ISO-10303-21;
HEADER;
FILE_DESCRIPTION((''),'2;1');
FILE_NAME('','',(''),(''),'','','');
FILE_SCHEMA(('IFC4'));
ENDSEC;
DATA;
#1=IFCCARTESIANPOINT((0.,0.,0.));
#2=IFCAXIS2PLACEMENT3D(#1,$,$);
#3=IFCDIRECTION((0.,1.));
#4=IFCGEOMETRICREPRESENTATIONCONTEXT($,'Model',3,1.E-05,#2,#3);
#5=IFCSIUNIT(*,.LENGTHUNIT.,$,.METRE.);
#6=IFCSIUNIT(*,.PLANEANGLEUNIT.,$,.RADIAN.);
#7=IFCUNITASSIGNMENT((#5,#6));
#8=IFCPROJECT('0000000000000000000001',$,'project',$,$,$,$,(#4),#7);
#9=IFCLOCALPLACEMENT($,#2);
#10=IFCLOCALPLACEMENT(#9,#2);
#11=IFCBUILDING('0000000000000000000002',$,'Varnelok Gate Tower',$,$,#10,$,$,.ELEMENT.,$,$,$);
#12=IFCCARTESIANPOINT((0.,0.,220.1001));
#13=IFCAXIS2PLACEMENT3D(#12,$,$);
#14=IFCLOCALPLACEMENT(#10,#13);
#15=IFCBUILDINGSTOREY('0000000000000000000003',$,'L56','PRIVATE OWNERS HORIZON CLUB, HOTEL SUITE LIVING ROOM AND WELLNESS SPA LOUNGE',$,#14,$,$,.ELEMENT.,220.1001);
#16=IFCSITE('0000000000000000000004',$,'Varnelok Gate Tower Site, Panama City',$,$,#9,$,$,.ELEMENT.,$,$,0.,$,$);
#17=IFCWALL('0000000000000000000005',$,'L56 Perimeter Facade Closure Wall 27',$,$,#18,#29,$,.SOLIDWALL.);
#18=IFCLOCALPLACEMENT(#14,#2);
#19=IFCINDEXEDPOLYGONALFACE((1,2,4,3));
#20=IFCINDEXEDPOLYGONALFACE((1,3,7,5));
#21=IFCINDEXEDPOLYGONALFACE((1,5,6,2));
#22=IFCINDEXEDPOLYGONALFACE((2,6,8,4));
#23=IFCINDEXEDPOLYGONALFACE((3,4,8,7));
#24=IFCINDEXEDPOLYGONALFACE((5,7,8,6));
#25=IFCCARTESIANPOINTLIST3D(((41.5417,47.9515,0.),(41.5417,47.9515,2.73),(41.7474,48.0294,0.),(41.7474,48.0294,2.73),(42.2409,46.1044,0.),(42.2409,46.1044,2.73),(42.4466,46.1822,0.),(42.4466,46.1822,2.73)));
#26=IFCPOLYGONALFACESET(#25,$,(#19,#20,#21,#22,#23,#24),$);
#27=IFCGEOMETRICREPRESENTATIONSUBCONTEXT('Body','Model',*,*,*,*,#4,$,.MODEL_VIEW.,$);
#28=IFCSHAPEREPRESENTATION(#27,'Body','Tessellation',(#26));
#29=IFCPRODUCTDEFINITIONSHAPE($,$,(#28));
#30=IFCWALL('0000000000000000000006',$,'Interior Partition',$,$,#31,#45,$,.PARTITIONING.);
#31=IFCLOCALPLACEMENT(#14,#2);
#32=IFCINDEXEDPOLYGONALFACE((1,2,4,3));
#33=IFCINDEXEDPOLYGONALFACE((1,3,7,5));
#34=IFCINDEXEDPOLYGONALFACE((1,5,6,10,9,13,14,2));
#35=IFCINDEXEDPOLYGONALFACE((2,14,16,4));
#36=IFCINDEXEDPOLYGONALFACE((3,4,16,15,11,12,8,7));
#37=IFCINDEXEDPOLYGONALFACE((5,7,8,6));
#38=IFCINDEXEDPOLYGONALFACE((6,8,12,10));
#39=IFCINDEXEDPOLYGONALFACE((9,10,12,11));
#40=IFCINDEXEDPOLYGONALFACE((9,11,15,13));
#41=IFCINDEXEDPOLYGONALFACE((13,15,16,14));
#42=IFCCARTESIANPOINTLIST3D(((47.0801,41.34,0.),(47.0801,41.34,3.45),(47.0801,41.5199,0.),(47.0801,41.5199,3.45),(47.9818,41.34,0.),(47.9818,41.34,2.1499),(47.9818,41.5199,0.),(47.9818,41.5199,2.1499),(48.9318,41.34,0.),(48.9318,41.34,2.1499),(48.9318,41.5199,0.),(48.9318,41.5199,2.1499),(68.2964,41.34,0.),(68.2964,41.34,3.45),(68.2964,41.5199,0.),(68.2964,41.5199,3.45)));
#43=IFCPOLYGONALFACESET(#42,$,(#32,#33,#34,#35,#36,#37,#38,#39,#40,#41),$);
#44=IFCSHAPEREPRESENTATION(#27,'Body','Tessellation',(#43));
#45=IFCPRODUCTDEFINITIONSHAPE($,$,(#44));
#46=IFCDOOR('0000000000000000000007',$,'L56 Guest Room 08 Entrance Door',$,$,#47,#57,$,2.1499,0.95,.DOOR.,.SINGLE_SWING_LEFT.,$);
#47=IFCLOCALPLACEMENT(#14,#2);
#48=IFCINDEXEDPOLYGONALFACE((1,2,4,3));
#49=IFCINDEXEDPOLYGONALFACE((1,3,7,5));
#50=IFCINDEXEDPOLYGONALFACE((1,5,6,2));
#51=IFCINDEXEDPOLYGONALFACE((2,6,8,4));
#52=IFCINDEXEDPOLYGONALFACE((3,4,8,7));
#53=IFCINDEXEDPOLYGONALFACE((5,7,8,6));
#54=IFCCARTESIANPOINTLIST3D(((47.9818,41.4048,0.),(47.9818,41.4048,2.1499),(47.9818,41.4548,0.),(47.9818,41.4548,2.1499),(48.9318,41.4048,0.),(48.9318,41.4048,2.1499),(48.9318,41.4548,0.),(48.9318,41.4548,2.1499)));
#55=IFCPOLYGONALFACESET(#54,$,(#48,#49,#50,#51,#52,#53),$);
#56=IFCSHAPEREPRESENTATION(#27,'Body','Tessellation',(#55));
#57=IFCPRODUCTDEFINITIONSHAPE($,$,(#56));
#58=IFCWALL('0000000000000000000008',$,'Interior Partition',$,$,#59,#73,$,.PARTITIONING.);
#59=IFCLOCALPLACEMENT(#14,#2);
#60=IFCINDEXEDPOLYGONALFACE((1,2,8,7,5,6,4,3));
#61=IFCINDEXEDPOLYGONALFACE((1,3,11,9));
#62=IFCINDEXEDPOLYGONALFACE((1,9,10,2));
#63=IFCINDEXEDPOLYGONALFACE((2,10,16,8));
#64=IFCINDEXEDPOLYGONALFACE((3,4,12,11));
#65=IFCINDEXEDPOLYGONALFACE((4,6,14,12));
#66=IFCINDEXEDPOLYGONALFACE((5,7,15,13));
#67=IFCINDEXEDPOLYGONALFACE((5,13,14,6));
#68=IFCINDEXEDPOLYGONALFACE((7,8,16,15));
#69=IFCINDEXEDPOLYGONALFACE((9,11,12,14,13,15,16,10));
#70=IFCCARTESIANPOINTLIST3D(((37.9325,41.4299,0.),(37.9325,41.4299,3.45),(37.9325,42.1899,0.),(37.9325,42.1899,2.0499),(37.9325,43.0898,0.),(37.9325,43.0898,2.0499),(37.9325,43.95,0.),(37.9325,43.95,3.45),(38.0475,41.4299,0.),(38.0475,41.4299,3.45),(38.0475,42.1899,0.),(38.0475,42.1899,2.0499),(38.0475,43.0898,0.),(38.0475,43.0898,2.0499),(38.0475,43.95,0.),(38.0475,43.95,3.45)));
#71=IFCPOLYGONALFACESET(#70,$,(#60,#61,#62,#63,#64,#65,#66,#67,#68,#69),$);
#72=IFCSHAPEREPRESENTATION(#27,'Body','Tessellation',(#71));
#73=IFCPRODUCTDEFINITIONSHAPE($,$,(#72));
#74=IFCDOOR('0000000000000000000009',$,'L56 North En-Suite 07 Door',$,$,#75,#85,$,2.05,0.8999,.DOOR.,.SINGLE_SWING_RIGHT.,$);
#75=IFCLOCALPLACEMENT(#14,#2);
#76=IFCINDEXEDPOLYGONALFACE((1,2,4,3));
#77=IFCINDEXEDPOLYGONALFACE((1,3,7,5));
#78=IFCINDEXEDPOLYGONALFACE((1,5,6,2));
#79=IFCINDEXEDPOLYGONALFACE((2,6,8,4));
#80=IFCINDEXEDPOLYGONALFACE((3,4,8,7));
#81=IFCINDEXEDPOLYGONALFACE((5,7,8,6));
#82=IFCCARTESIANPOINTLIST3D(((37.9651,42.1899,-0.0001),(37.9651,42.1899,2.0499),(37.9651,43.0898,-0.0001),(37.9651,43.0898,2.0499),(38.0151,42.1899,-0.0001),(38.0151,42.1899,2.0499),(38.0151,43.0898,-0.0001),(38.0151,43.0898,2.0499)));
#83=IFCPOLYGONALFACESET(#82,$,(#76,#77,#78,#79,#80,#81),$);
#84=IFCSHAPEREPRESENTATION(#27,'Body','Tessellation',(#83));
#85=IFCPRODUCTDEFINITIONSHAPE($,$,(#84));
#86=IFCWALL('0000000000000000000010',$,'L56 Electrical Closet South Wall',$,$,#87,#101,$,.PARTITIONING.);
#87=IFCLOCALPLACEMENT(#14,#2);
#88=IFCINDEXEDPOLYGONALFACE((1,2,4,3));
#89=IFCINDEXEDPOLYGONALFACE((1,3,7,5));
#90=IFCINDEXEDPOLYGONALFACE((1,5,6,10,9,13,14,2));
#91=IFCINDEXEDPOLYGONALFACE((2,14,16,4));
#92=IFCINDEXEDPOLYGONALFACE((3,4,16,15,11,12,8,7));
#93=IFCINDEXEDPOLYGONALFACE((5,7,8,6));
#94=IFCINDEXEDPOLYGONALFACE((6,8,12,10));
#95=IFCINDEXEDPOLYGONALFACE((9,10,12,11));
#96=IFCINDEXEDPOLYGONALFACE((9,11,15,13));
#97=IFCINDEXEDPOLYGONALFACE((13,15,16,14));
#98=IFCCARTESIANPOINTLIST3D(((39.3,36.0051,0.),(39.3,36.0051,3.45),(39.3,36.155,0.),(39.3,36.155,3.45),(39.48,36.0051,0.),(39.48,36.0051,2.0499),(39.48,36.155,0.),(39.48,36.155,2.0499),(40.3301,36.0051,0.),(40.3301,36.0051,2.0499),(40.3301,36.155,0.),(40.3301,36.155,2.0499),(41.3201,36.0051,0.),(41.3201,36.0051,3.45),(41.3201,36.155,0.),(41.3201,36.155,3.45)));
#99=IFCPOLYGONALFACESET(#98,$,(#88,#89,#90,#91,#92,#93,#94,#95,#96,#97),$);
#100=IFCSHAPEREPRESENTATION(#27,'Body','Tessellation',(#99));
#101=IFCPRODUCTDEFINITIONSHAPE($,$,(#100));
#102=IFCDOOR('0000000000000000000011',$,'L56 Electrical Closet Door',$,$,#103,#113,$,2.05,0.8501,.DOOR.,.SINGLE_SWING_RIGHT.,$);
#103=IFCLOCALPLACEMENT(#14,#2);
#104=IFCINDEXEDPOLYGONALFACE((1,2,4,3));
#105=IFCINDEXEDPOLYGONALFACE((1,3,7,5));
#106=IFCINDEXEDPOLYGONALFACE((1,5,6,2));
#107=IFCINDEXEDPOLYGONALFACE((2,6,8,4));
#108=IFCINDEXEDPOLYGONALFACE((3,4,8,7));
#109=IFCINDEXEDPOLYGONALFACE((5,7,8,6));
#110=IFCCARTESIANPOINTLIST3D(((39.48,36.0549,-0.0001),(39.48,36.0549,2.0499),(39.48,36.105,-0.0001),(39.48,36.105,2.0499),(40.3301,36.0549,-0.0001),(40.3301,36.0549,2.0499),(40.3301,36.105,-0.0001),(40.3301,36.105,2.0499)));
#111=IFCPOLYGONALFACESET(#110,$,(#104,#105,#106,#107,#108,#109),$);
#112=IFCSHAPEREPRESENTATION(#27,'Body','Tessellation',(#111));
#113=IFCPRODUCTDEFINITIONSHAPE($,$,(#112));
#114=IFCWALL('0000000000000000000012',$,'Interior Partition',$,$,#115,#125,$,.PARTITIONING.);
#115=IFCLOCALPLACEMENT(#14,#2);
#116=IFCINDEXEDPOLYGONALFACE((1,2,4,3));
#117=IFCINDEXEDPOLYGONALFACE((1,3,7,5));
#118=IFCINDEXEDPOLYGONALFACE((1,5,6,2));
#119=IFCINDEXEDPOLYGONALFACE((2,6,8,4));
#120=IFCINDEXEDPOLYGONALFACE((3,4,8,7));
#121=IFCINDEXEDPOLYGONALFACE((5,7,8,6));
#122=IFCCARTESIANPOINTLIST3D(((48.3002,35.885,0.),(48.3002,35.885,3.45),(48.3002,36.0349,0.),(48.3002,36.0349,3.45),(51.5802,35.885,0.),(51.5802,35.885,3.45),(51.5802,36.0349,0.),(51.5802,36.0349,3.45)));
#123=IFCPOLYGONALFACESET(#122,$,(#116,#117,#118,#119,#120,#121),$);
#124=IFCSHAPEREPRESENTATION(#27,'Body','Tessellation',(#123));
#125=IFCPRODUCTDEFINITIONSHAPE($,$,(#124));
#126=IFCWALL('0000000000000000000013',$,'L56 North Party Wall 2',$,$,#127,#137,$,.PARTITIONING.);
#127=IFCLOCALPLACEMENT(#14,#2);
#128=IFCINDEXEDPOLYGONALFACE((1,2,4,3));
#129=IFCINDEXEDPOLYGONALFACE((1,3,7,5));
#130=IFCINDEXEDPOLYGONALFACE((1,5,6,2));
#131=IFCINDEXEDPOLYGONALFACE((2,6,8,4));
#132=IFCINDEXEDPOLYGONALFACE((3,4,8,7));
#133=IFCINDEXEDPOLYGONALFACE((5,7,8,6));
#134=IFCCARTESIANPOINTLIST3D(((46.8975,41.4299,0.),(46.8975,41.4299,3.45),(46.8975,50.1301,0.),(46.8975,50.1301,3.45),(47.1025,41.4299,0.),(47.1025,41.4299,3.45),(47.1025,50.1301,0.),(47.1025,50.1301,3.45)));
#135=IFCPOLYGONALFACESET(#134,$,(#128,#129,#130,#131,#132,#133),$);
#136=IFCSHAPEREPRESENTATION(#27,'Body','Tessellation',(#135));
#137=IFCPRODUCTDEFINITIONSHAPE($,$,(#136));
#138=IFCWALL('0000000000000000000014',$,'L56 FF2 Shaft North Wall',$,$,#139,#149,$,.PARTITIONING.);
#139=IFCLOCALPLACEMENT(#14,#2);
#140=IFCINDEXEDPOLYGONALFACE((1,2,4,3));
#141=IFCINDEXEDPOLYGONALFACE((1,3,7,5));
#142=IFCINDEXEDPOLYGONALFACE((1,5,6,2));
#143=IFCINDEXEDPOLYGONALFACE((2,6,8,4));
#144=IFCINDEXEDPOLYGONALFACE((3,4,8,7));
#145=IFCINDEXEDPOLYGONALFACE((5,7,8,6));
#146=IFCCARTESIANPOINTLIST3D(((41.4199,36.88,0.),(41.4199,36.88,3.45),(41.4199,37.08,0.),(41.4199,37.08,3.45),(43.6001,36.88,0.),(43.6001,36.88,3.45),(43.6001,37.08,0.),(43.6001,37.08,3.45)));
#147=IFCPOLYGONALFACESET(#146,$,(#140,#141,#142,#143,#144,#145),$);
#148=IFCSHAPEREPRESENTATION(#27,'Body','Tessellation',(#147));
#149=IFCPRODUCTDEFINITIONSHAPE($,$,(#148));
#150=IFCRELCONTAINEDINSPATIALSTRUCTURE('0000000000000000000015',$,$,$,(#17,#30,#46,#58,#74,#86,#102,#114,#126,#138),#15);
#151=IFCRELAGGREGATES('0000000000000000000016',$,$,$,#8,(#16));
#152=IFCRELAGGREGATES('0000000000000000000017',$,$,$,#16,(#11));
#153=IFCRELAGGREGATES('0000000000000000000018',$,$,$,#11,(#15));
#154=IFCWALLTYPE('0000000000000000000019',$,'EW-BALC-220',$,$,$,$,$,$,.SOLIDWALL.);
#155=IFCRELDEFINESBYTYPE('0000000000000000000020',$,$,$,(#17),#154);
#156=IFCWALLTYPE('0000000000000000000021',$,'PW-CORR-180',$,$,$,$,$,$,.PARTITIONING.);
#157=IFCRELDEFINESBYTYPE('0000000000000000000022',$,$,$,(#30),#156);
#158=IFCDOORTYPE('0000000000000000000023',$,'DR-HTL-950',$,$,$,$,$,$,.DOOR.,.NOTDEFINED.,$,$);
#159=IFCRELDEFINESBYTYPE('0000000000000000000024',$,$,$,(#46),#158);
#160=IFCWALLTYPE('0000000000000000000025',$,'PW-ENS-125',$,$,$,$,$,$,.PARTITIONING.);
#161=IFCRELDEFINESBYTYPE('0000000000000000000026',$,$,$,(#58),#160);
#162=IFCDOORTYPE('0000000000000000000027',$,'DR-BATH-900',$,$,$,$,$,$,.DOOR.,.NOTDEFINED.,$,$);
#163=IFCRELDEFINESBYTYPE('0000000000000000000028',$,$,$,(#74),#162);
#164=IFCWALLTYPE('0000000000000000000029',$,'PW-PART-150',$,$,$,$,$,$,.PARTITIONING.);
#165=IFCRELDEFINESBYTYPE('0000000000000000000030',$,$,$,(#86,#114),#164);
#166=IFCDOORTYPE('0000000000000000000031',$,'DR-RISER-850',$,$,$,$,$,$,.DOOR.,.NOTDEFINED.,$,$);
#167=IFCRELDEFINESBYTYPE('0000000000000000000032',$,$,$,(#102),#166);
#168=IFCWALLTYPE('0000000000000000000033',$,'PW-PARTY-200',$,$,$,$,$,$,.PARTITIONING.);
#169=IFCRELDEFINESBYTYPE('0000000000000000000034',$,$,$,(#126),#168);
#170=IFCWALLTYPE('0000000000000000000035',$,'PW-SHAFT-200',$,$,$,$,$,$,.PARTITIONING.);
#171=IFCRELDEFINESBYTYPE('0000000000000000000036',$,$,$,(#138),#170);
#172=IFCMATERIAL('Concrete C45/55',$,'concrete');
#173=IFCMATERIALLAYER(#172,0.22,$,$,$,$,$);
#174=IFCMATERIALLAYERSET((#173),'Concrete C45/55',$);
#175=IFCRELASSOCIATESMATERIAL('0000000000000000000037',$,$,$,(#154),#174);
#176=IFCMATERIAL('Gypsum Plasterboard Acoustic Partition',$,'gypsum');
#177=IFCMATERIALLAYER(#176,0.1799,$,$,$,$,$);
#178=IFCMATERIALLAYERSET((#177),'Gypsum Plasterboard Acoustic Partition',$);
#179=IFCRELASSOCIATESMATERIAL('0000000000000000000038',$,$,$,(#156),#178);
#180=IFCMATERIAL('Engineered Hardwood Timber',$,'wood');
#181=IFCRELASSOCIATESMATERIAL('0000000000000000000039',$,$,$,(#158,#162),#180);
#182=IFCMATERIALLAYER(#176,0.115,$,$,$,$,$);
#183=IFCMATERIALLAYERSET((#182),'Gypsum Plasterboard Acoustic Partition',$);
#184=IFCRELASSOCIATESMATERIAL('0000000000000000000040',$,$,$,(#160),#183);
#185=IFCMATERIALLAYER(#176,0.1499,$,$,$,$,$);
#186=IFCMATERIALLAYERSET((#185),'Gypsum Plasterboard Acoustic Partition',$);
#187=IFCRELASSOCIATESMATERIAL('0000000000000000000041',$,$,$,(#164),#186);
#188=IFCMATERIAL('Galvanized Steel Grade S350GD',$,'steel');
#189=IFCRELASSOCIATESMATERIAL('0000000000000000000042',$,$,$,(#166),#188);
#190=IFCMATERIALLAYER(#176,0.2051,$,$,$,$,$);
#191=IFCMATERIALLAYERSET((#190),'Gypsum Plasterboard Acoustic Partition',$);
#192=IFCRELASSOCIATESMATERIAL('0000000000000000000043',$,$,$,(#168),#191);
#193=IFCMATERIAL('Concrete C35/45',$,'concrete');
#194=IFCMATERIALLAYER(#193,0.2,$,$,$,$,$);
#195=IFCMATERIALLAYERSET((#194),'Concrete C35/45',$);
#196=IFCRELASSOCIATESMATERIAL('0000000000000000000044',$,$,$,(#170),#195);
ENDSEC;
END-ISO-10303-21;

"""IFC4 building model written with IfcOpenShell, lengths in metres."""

from ifc_helpers import new_model, si_unit, direction, frame, frame_2d, origin, place, context, subcontext, project, spatial, rectangle, extrude, material, layer, layer_set, type_object, element, fill, save


model = new_model("IFC4")

# Units and contexts
model_context = context("Model", 3, precision=1e-05, world=origin(), true_north=direction((0.0, 1.0)))
body_context = subcontext(model_context, "Body", "Model", "MODEL_VIEW")
ifc_project = project(units=[si_unit("LENGTHUNIT", "METRE"), si_unit("PLANEANGLEUNIT", "RADIAN")], contexts=[model_context])

# Site, building, storey
site_placement = place(None, origin())
site = spatial("IfcSite", under=ifc_project, at=site_placement, Name="Varnelok Gate Tower Site, Panama City", CompositionType="ELEMENT", RefElevation=0.0)
building_placement = place(site_placement, origin())
building = spatial("IfcBuilding", under=site, at=building_placement, Name="Varnelok Gate Tower", CompositionType="ELEMENT")
storey_placement = place(building_placement, frame((0.0, 0.0, 220.1001)))
storey = spatial("IfcBuildingStorey", under=building, at=storey_placement, Name="L56", Description="PRIVATE OWNERS HORIZON CLUB, HOTEL SUITE LIVING ROOM AND WELLNESS SPA LOUNGE", CompositionType="ELEMENT", Elevation=220.1001)

# Wall
ifc_material_1 = material(Name="Concrete C45/55", Category="concrete")
ifc_layer_1 = layer(ifc_material_1, 0.22)
ifc_layer_set_1 = layer_set([ifc_layer_1], Name="Concrete C45/55")
wall_type_1 = type_object("IfcWallType", Name="EW-BALC-220", PredefinedType="SOLIDWALL", material=ifc_layer_set_1)
wall_1_placement = place(storey_placement, frame((41.6445, 47.9905, 0.0), z_axis=(0.0, 0.0, 1.0), x_axis=(0.354021, -0.935238, 0.0)))
element("IfcWall", 1, at=wall_1_placement, inside=storey, type_object=wall_type_1, Name="L56 Perimeter Facade Closure Wall 27", PredefinedType="SOLIDWALL", context=body_context, shape_type="SweptSolid", body=[
    extrude(rectangle(XDim=1.9751, YDim=0.22, at=frame_2d((0.9875, 0.0))), origin(), (0.0, 0.0, 1.0), 2.73),
])

# Walls, openings, doors
ifc_material_2 = material(Name="Gypsum Plasterboard Acoustic Partition", Category="gypsum")
ifc_layer_2 = layer(ifc_material_2, 0.1799)
ifc_layer_set_2 = layer_set([ifc_layer_2], Name="Gypsum Plasterboard Acoustic Partition")
wall_type_2 = type_object("IfcWallType", Name="PW-CORR-180", PredefinedType="PARTITIONING", material=ifc_layer_set_2)
wall_2_placement = place(storey_placement, frame((47.0801, 41.4299, 0.0), z_axis=(0.0, 0.0, 1.0), x_axis=(1.0, 0.0, 0.0)))
wall_2 = element("IfcWall", 2, at=wall_2_placement, inside=storey, type_object=wall_type_2, Name="Interior Partition", PredefinedType="PARTITIONING", context=body_context, shape_type="SweptSolid", body=[
    extrude(rectangle(XDim=21.2163, YDim=0.1799, at=frame_2d((10.6082, 0.0))), origin(), (0.0, 0.0, 1.0), 3.45),
])
opening_1_placement = place(wall_2_placement, frame((0.9016, 0.0, 0.0)))
opening_1 = element("IfcOpeningElement", 3, at=opening_1_placement, cuts=wall_2, PredefinedType="OPENING", context=body_context, shape_type="SweptSolid", body=[
    extrude(rectangle(XDim=0.95, YDim=2.1499, at=frame_2d((0.4751, 1.075))), frame((0.0, 0.0999, 0.0), z_axis=(0.0, -1.0, 0.0), x_axis=(1.0, 0.0, 0.0)), (0.0, 0.0, 1.0), 0.2),
])
ifc_material_3 = material(Name="Engineered Hardwood Timber", Category="wood")
door_type_1 = type_object("IfcDoorType", Name="DR-HTL-950", OperationType="NOTDEFINED", PredefinedType="DOOR", material=ifc_material_3)
door_1_placement = place(opening_1_placement, origin())
door_1 = element("IfcDoor", 4, at=door_1_placement, inside=storey, type_object=door_type_1, Name="L56 Guest Room 08 Entrance Door", OperationType="SINGLE_SWING_LEFT", OverallHeight=2.1499, OverallWidth=0.95, PredefinedType="DOOR", context=body_context, shape_type="SweptSolid", body=[
    extrude(rectangle(XDim=0.95, YDim=2.1499, at=frame_2d((0.4751, 1.075))), frame((0.0, 0.0249, 0.0), z_axis=(0.0, -1.0, 0.0), x_axis=(1.0, 0.0, 0.0)), (0.0, 0.0, 1.0), 0.05),
])
fill(opening_1, door_1)
ifc_layer_3 = layer(ifc_material_2, 0.115)
ifc_layer_set_3 = layer_set([ifc_layer_3], Name="Gypsum Plasterboard Acoustic Partition")
wall_type_3 = type_object("IfcWallType", Name="PW-ENS-125", PredefinedType="PARTITIONING", material=ifc_layer_set_3)
wall_3_placement = place(storey_placement, frame((37.99, 41.4299, 0.0), z_axis=(0.0, 0.0, 1.0), x_axis=(0.0, 1.0, 0.0)))
wall_3 = element("IfcWall", 5, at=wall_3_placement, inside=storey, type_object=wall_type_3, Name="Interior Partition", PredefinedType="PARTITIONING", context=body_context, shape_type="SweptSolid", body=[
    extrude(rectangle(XDim=2.52, YDim=0.115, at=frame_2d((1.26, 0.0))), origin(), (0.0, 0.0, 1.0), 3.45),
])
opening_2_placement = place(wall_3_placement, frame((0.76, 0.0, 0.0)))
opening_2 = element("IfcOpeningElement", 6, at=opening_2_placement, cuts=wall_3, PredefinedType="OPENING", context=body_context, shape_type="SweptSolid", body=[
    extrude(rectangle(XDim=0.8999, YDim=2.05, at=frame_2d((0.45, 1.0249))), frame((0.0, 0.0674, 0.0), z_axis=(0.0, -1.0, 0.0), x_axis=(1.0, 0.0, 0.0)), (0.0, 0.0, 1.0), 0.135),
])
door_type_2 = type_object("IfcDoorType", Name="DR-BATH-900", OperationType="NOTDEFINED", PredefinedType="DOOR", material=ifc_material_3)
door_2_placement = place(opening_2_placement, origin())
door_2 = element("IfcDoor", 7, at=door_2_placement, inside=storey, type_object=door_type_2, Name="L56 North En-Suite 07 Door", OperationType="SINGLE_SWING_RIGHT", OverallHeight=2.05, OverallWidth=0.8999, PredefinedType="DOOR", context=body_context, shape_type="SweptSolid", body=[
    extrude(rectangle(XDim=0.8999, YDim=2.05, at=frame_2d((0.45, 1.0249))), frame((0.0, 0.0249, 0.0), z_axis=(0.0, -1.0, 0.0), x_axis=(1.0, 0.0, 0.0)), (0.0, 0.0, 1.0), 0.05),
])
fill(opening_2, door_2)
ifc_layer_4 = layer(ifc_material_2, 0.1499)
ifc_layer_set_4 = layer_set([ifc_layer_4], Name="Gypsum Plasterboard Acoustic Partition")
wall_type_4 = type_object("IfcWallType", Name="PW-PART-150", PredefinedType="PARTITIONING", material=ifc_layer_set_4)
wall_4_placement = place(storey_placement, frame((39.3, 36.0801, 0.0), z_axis=(0.0, 0.0, 1.0), x_axis=(1.0, 0.0, 0.0)))
wall_4 = element("IfcWall", 8, at=wall_4_placement, inside=storey, type_object=wall_type_4, Name="L56 Electrical Closet South Wall", PredefinedType="PARTITIONING", context=body_context, shape_type="SweptSolid", body=[
    extrude(rectangle(XDim=2.02, YDim=0.1499, at=frame_2d((1.01, 0.0))), origin(), (0.0, 0.0, 1.0), 3.45),
])
opening_3_placement = place(wall_4_placement, frame((0.1799, 0.0, 0.0)))
opening_3 = element("IfcOpeningElement", 9, at=opening_3_placement, cuts=wall_4, PredefinedType="OPENING", context=body_context, shape_type="SweptSolid", body=[
    extrude(rectangle(XDim=0.8501, YDim=2.05, at=frame_2d((0.425, 1.0249))), frame((0.0, 0.085, 0.0), z_axis=(0.0, -1.0, 0.0), x_axis=(1.0, 0.0, 0.0)), (0.0, 0.0, 1.0), 0.1699),
])
ifc_material_4 = material(Name="Galvanized Steel Grade S350GD", Category="steel")
door_type_3 = type_object("IfcDoorType", Name="DR-RISER-850", OperationType="NOTDEFINED", PredefinedType="DOOR", material=ifc_material_4)
door_3_placement = place(opening_3_placement, origin())
door_3 = element("IfcDoor", 10, at=door_3_placement, inside=storey, type_object=door_type_3, Name="L56 Electrical Closet Door", OperationType="SINGLE_SWING_RIGHT", OverallHeight=2.05, OverallWidth=0.8501, PredefinedType="DOOR", context=body_context, shape_type="SweptSolid", body=[
    extrude(rectangle(XDim=0.8501, YDim=2.05, at=frame_2d((0.425, 1.0249))), frame((0.0, 0.0249, 0.0), z_axis=(0.0, -1.0, 0.0), x_axis=(1.0, 0.0, 0.0)), (0.0, 0.0, 1.0), 0.05),
])
fill(opening_3, door_3)

# Walls
wall_5_placement = place(storey_placement, frame((48.3, 35.96, 0.0), z_axis=(0.0, 0.0, 1.0), x_axis=(1.0, 0.0, 0.0)))
element("IfcWall", 11, at=wall_5_placement, inside=storey, type_object=wall_type_4, Name="Interior Partition", PredefinedType="PARTITIONING", context=body_context, shape_type="SweptSolid", body=[
    extrude(rectangle(XDim=3.28, YDim=0.1499, at=frame_2d((1.6401, 0.0))), origin(), (0.0, 0.0, 1.0), 3.45),
])
ifc_layer_5 = layer(ifc_material_2, 0.2051)
ifc_layer_set_5 = layer_set([ifc_layer_5], Name="Gypsum Plasterboard Acoustic Partition")
wall_type_5 = type_object("IfcWallType", Name="PW-PARTY-200", PredefinedType="PARTITIONING", material=ifc_layer_set_5)
wall_6_placement = place(storey_placement, frame((47.0, 41.4299, 0.0), z_axis=(0.0, 0.0, 1.0), x_axis=(0.0, 1.0, 0.0)))
element("IfcWall", 12, at=wall_6_placement, inside=storey, type_object=wall_type_5, Name="L56 North Party Wall 2", PredefinedType="PARTITIONING", context=body_context, shape_type="SweptSolid", body=[
    extrude(rectangle(XDim=8.7002, YDim=0.2051, at=frame_2d((4.3501, 0.0))), origin(), (0.0, 0.0, 1.0), 3.45),
])
ifc_material_5 = material(Name="Concrete C35/45", Category="concrete")
ifc_layer_6 = layer(ifc_material_5, 0.2)
ifc_layer_set_6 = layer_set([ifc_layer_6], Name="Concrete C35/45")
wall_type_6 = type_object("IfcWallType", Name="PW-SHAFT-200", PredefinedType="PARTITIONING", material=ifc_layer_set_6)
wall_7_placement = place(storey_placement, frame((41.4199, 36.98, 0.0), z_axis=(0.0, 0.0, 1.0), x_axis=(1.0, 0.0, 0.0)))
element("IfcWall", 13, at=wall_7_placement, inside=storey, type_object=wall_type_6, Name="L56 FF2 Shaft North Wall", PredefinedType="PARTITIONING", context=body_context, shape_type="SweptSolid", body=[
    extrude(rectangle(XDim=2.1802, YDim=0.2, at=frame_2d((1.0901, 0.0))), origin(), (0.0, 0.0, 1.0), 3.45),
])

save(model, "model.ifc")
